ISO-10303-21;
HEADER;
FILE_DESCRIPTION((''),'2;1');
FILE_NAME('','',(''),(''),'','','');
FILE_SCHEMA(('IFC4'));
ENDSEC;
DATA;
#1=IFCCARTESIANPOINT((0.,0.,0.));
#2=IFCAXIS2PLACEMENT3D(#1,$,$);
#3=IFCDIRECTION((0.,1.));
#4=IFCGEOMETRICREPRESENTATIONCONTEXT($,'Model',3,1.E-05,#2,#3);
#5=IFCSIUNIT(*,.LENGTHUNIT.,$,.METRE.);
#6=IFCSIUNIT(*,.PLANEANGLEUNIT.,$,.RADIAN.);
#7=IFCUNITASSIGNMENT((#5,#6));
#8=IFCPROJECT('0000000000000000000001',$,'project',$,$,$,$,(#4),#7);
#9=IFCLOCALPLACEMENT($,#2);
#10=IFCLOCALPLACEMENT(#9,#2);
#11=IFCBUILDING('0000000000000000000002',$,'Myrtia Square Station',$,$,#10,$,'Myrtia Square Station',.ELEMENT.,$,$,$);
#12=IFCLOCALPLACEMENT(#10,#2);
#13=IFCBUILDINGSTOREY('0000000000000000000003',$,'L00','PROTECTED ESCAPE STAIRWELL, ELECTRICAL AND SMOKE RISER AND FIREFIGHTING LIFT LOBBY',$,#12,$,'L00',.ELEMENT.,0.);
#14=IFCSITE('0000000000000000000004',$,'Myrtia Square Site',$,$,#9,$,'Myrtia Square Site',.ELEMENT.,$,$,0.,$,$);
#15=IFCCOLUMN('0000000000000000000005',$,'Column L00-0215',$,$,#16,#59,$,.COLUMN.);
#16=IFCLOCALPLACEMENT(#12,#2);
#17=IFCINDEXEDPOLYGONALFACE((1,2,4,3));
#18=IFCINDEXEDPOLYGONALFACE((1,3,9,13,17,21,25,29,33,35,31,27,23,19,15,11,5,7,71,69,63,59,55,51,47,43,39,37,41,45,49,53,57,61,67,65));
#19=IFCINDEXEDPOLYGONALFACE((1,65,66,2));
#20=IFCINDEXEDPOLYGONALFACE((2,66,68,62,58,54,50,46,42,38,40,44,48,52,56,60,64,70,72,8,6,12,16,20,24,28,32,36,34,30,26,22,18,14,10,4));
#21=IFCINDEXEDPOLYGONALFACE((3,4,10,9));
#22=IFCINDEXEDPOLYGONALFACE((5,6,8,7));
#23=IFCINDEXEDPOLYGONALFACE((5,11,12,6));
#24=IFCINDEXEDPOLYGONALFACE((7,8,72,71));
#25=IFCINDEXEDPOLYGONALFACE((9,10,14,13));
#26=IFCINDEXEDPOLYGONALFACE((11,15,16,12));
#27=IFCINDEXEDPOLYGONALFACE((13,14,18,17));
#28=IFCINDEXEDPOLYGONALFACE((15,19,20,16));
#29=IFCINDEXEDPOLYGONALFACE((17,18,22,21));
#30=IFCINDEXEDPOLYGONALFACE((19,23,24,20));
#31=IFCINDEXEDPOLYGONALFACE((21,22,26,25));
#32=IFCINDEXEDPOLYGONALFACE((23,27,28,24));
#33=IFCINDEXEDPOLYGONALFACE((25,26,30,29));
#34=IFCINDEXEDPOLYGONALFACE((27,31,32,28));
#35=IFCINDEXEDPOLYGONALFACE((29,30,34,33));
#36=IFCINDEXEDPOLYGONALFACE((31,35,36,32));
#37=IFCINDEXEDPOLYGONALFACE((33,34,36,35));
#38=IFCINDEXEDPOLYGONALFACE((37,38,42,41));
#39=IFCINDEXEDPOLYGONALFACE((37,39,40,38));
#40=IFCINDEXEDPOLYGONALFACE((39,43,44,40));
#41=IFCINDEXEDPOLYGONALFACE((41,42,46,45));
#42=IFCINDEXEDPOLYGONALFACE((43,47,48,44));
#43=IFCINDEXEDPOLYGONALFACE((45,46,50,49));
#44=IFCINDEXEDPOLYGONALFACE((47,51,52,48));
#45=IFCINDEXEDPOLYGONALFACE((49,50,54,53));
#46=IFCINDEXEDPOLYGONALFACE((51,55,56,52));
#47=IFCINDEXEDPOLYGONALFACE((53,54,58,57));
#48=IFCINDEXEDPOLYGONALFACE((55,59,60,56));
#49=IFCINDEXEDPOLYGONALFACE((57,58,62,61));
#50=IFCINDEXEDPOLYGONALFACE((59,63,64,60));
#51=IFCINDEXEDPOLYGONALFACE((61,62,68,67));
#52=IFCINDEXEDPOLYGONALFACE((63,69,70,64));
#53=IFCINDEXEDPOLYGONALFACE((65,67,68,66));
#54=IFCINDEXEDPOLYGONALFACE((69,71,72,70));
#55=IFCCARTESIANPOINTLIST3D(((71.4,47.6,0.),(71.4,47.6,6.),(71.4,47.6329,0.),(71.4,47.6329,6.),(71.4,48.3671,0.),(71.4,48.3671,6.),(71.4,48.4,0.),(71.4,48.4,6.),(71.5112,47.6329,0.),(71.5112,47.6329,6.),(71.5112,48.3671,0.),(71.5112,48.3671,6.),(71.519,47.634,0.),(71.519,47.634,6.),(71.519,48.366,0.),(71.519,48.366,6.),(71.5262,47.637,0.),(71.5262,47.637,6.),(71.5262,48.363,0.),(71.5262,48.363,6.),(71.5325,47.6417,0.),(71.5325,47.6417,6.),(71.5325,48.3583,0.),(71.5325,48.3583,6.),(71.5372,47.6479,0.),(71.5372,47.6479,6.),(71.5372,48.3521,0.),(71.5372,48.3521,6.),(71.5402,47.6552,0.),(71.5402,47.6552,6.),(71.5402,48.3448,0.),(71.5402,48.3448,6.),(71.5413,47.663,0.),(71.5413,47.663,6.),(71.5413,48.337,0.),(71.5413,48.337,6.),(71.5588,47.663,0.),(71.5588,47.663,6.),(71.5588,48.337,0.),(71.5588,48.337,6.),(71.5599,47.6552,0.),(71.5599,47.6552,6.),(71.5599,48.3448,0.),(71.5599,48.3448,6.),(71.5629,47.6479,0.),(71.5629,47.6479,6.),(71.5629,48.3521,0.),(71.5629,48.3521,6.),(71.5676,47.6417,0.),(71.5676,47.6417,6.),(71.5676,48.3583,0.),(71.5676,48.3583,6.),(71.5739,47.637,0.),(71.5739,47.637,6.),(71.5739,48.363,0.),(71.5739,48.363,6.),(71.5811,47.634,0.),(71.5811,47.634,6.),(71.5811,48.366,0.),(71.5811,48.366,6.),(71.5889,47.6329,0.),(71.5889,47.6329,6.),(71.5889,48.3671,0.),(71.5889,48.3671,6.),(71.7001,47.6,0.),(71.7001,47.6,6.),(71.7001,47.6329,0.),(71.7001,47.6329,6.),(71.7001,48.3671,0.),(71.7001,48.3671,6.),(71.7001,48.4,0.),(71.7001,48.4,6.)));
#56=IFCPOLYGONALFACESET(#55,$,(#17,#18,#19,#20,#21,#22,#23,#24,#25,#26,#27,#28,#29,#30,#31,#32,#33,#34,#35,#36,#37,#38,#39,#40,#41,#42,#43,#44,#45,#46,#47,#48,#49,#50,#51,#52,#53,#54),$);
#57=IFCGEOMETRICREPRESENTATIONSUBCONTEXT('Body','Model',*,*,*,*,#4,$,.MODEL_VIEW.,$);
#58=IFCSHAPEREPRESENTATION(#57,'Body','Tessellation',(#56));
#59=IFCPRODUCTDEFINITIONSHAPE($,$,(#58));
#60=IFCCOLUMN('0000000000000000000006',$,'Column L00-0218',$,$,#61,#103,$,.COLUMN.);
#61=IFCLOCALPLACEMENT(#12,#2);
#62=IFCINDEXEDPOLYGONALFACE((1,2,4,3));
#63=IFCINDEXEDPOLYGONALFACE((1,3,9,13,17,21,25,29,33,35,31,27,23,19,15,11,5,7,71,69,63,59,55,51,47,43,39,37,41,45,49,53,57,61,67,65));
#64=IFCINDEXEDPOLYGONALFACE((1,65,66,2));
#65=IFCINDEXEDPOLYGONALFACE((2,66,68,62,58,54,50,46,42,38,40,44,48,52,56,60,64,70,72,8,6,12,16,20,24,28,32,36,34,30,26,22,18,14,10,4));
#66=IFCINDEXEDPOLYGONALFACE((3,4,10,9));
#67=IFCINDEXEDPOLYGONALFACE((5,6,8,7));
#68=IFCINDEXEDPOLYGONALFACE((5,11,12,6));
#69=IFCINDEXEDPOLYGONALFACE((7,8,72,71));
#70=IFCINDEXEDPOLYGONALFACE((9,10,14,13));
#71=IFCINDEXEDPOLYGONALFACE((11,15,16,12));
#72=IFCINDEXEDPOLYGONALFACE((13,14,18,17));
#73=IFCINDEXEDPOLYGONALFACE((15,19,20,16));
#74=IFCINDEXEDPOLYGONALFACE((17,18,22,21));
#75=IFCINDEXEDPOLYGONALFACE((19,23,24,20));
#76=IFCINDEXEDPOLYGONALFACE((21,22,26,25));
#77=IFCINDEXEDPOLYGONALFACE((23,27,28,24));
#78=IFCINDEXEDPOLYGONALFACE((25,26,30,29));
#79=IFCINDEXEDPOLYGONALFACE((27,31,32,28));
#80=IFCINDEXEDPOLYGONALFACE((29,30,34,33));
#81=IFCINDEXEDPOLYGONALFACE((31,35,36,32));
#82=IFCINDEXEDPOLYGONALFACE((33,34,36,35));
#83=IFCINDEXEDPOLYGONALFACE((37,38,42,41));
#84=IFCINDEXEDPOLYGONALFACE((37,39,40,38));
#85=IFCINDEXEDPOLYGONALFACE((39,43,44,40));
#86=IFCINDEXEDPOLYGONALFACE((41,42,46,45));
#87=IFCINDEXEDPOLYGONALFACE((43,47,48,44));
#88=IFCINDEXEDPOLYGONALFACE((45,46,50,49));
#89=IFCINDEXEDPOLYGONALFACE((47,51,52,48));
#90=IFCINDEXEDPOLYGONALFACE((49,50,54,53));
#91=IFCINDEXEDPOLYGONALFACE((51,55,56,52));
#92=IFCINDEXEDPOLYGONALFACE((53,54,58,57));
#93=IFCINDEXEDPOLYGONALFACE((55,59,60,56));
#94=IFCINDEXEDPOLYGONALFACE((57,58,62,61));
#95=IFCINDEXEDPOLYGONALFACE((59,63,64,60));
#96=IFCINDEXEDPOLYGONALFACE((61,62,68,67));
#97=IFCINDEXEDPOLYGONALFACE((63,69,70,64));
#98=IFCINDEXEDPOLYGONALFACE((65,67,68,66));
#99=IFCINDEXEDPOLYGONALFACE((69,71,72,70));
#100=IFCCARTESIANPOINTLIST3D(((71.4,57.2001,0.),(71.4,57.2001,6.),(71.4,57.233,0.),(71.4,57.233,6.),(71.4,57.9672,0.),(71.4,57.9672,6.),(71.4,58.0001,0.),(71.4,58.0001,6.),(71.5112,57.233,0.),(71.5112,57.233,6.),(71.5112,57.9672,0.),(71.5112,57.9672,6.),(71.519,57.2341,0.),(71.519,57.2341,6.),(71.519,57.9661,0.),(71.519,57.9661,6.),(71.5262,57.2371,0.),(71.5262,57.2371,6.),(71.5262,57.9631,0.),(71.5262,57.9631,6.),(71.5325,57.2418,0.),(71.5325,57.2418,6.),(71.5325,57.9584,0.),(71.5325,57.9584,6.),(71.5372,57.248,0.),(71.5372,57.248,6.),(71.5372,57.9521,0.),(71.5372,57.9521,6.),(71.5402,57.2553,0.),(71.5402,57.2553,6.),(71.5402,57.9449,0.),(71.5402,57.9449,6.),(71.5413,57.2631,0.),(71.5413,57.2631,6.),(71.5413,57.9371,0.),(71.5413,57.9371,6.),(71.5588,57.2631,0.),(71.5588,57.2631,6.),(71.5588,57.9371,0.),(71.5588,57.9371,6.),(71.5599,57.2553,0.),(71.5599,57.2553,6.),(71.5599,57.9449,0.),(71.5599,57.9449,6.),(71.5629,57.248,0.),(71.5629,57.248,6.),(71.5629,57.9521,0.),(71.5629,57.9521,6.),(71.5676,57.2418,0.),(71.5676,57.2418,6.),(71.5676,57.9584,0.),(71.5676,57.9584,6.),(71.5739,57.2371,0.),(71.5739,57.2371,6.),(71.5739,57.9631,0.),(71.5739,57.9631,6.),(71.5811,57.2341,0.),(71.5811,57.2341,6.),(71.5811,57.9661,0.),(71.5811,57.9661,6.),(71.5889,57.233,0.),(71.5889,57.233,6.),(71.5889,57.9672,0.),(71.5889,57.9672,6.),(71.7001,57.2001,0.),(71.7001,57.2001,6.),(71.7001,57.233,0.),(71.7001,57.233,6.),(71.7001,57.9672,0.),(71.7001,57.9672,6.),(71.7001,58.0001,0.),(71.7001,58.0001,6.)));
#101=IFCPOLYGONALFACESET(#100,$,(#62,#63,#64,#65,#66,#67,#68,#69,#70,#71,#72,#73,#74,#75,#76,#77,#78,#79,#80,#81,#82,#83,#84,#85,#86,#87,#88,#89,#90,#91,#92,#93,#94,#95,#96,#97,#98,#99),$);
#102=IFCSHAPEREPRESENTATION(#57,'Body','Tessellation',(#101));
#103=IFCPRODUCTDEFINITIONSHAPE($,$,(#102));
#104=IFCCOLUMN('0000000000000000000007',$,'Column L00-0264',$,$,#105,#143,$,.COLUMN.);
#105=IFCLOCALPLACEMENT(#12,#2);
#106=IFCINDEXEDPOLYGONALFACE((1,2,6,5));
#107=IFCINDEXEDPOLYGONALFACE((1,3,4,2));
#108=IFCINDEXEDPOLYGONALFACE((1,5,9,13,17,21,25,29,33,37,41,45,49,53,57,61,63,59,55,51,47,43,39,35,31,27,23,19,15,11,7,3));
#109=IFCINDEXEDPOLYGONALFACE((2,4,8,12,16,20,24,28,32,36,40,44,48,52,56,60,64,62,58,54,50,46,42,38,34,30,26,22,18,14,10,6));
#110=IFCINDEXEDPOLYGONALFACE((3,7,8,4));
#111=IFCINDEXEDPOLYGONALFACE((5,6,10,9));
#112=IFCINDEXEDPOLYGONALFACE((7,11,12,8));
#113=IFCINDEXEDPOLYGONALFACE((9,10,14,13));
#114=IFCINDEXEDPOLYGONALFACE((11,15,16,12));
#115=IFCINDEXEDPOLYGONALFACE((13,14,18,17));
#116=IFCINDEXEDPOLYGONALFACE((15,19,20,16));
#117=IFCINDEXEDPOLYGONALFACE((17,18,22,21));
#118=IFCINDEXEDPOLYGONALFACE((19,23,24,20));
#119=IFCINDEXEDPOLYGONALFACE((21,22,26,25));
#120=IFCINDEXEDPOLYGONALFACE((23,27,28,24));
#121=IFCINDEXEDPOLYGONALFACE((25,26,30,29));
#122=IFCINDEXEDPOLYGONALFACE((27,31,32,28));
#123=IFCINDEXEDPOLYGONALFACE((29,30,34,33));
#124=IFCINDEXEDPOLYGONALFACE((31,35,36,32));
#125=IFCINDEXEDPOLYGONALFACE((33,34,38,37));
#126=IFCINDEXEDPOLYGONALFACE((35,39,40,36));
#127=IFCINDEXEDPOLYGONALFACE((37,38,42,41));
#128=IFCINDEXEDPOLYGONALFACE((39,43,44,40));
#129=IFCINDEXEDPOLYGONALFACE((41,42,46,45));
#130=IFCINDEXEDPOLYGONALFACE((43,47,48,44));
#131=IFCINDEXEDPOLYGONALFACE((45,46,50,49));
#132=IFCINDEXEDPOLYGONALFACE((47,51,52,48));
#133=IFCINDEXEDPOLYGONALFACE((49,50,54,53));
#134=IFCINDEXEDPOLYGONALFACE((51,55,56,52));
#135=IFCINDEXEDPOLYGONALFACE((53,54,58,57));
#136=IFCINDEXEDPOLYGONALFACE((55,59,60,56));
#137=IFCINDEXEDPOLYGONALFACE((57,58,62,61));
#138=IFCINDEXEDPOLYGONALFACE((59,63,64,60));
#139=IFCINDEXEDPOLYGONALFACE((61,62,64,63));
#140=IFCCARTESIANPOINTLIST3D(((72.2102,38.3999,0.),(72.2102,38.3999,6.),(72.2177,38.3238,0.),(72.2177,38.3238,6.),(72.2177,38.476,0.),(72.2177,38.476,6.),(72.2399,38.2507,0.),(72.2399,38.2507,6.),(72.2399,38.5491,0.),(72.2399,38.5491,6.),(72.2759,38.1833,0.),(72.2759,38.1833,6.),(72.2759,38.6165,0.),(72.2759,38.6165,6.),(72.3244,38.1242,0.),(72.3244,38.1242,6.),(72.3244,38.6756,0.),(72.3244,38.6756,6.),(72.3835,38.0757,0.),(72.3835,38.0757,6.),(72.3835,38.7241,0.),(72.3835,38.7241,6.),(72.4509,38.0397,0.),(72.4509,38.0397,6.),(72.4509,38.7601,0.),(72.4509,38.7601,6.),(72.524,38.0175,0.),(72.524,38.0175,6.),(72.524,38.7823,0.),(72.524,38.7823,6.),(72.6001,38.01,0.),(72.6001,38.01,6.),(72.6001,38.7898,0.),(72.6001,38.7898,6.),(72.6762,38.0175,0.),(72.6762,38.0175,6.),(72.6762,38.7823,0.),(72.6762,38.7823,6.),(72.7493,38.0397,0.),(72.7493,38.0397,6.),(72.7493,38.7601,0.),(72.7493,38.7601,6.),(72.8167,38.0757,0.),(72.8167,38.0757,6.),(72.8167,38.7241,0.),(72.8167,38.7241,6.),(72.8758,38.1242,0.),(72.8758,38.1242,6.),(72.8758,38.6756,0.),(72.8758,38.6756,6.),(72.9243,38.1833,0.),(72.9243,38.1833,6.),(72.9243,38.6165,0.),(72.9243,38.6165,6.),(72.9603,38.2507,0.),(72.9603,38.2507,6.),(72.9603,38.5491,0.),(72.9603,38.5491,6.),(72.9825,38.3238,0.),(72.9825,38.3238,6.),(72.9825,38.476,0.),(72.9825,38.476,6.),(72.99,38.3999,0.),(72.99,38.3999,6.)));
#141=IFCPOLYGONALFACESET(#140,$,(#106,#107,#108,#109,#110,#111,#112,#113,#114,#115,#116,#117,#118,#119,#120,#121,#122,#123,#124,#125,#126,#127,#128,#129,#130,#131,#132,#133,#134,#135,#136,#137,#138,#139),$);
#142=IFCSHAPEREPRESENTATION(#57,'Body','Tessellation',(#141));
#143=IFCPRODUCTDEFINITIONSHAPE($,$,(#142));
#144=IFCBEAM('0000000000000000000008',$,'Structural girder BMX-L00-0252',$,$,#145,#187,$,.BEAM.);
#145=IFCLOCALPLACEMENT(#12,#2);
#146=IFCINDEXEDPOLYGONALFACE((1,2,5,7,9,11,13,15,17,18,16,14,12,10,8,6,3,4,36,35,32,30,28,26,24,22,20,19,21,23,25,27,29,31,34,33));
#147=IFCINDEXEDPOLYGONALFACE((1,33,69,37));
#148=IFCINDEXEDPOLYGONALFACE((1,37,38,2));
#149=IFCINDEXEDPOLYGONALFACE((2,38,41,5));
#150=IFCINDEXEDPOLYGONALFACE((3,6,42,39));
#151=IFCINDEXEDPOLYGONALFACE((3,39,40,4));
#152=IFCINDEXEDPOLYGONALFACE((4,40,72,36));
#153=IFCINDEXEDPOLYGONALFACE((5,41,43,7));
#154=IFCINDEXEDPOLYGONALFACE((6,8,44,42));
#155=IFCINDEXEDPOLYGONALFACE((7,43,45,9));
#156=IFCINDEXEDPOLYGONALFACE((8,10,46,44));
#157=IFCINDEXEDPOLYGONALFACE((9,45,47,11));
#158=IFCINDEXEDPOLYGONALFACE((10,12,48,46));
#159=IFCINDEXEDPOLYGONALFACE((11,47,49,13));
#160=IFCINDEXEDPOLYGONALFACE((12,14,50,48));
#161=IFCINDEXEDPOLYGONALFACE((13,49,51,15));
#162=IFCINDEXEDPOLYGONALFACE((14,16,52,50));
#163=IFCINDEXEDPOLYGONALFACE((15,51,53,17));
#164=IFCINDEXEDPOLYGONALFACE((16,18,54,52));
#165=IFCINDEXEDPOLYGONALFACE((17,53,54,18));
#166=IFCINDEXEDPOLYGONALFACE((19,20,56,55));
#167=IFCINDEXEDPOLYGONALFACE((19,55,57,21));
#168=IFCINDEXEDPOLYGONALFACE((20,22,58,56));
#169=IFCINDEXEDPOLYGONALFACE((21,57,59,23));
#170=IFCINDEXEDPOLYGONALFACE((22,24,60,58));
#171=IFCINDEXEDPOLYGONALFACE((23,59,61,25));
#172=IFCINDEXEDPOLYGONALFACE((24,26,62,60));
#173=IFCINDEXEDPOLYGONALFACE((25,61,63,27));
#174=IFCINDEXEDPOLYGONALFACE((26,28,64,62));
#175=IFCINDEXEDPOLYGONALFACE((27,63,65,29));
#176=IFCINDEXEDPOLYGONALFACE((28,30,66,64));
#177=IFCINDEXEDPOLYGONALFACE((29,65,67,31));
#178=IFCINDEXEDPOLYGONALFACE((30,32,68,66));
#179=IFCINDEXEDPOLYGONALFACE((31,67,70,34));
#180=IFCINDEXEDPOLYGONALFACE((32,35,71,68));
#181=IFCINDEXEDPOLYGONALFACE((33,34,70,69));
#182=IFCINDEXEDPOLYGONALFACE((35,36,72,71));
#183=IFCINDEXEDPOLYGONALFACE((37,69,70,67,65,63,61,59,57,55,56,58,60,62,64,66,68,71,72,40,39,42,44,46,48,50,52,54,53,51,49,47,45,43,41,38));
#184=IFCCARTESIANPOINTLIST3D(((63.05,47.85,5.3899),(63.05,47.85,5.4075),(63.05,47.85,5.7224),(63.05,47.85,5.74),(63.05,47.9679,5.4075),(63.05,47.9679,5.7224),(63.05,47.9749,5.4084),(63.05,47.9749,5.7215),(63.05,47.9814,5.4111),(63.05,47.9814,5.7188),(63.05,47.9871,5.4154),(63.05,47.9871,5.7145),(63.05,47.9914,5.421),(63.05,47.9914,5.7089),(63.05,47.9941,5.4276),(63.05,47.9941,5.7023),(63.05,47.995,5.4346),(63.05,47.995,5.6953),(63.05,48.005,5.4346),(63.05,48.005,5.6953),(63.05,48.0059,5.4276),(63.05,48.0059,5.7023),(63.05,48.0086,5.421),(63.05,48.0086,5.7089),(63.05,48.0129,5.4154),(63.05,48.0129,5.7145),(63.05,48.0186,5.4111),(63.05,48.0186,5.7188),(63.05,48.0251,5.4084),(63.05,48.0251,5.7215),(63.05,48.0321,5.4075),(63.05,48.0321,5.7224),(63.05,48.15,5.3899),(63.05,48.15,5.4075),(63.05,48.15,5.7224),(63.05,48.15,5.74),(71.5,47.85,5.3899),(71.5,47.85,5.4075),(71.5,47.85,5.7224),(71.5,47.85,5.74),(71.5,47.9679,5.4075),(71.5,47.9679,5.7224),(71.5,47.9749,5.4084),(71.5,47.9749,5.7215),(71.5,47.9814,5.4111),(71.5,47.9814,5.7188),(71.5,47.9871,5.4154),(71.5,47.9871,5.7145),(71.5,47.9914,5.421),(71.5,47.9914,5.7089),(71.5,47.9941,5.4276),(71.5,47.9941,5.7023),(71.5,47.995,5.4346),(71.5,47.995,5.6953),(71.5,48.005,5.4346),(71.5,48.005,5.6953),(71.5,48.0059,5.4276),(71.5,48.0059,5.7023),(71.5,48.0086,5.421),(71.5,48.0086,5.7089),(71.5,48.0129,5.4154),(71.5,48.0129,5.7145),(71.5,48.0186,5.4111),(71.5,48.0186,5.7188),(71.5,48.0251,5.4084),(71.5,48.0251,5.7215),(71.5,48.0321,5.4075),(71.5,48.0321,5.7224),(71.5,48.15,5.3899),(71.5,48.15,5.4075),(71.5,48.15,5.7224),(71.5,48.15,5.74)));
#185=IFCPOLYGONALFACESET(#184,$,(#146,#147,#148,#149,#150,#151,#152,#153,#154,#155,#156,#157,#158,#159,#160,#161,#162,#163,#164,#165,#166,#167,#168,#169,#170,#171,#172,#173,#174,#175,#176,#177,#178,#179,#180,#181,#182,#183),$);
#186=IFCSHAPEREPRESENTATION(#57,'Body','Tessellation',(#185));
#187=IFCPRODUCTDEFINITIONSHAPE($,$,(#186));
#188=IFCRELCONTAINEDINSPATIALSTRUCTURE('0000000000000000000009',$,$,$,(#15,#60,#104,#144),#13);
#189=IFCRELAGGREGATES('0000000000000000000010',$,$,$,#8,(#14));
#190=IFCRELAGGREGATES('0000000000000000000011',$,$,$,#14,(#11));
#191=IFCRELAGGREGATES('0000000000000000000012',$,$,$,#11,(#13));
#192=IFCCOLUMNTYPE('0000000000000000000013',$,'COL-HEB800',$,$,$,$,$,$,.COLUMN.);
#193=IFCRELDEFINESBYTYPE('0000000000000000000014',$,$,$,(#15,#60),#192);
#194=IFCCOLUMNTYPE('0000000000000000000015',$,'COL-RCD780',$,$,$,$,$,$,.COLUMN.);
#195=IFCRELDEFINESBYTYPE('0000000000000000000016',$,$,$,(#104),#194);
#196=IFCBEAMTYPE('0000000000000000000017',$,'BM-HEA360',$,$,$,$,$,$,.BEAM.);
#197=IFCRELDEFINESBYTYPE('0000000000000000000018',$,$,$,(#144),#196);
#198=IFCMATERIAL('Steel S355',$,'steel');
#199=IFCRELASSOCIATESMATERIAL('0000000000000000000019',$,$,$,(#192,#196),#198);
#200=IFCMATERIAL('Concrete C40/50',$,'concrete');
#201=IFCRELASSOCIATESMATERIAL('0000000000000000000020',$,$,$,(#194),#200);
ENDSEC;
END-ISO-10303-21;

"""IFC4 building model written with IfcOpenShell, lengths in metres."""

from ifc_helpers import new_model, si_unit, direction, frame, origin, origin_2d, place, context, subcontext, project, spatial, circle, i_section, extrude, material, material_profile, profile_set, type_object, element, save


model = new_model("IFC4")

# Units and contexts
model_context = context("Model", 3, precision=1e-05, world=origin(), true_north=direction((0.0, 1.0)))
body_context = subcontext(model_context, "Body", "Model", "MODEL_VIEW")
ifc_project = project(units=[si_unit("LENGTHUNIT", "METRE"), si_unit("PLANEANGLEUNIT", "RADIAN")], contexts=[model_context])

# Site, building, storey
site_placement = place(None, origin())
site = spatial("IfcSite", under=ifc_project, at=site_placement, Name="Myrtia Square Site", LongName="Myrtia Square Site", CompositionType="ELEMENT", RefElevation=0.0)
building_placement = place(site_placement, origin())
building = spatial("IfcBuilding", under=site, at=building_placement, Name="Myrtia Square Station", LongName="Myrtia Square Station", CompositionType="ELEMENT")
storey_placement = place(building_placement, origin())
storey = spatial("IfcBuildingStorey", under=building, at=storey_placement, Name="L00", Description="PROTECTED ESCAPE STAIRWELL, ELECTRICAL AND SMOKE RISER AND FIREFIGHTING LIFT LOBBY", LongName="L00", CompositionType="ELEMENT", Elevation=0.0)

# Columns
ifc_material_1 = material(Name="Steel S355", Category="steel")
ifc_material_profile_1 = material_profile(ifc_material_1, i_section(OverallWidth=0.3, OverallDepth=0.8, WebThickness=0.0176, FlangeThickness=0.033, FilletRadius=0.03, at=origin_2d()), Name="HEB 800")
ifc_profile_set_1 = profile_set([ifc_material_profile_1], Name="Steel S355")
column_type_1 = type_object("IfcColumnType", Name="COL-HEB800", PredefinedType="COLUMN", material=ifc_profile_set_1)
for number, where, z_axis, x_axis, name in (
    (1, (71.55, 48.0, 0.0), (0.0, 0.0, 1.0), (1.0, 0.0, 0.0), "Column L00-0215"),
    (2, (71.55, 57.6001, 0.0), (0.0, 0.0, 1.0), (1.0, 0.0, 0.0), "Column L00-0218"),
):
    element("IfcColumn", number, at=place(storey_placement, frame(where, z_axis=z_axis, x_axis=x_axis)), inside=storey, type_object=column_type_1, Name=name, PredefinedType="COLUMN", context=body_context, shape_type="SweptSolid", body=[
        extrude(i_section(OverallWidth=0.3, OverallDepth=0.8, WebThickness=0.0176, FlangeThickness=0.033, FilletRadius=0.03, at=origin_2d()), origin(), (0.0, 0.0, 1.0), 6.0),
    ])
ifc_material_2 = material(Name="Concrete C40/50", Category="concrete")
ifc_material_profile_2 = material_profile(ifc_material_2, circle(Radius=0.3899, at=origin_2d()), Name="RC D780")
ifc_profile_set_2 = profile_set([ifc_material_profile_2], Name="Concrete C40/50")
column_type_2 = type_object("IfcColumnType", Name="COL-RCD780", PredefinedType="COLUMN", material=ifc_profile_set_2)
column_placement = place(storey_placement, frame((72.6001, 38.3999, 0.0), z_axis=(0.0, 0.0, 1.0), x_axis=(1.0, 0.0, 0.0)))
element("IfcColumn", 3, at=column_placement, inside=storey, type_object=column_type_2, Name="Column L00-0264", PredefinedType="COLUMN", context=body_context, shape_type="SweptSolid", body=[
    extrude(circle(Radius=0.3899, at=origin_2d()), origin(), (0.0, 0.0, 1.0), 6.0),
])

# Beam
ifc_material_profile_3 = material_profile(ifc_material_1, i_section(OverallWidth=0.3, OverallDepth=0.3501, WebThickness=0.01, FlangeThickness=0.0176, FilletRadius=0.0271, at=origin_2d()), Name="HEA 360")
ifc_profile_set_3 = profile_set([ifc_material_profile_3], Name="Steel S355")
beam_type_1 = type_object("IfcBeamType", Name="BM-HEA360", PredefinedType="BEAM", material=ifc_profile_set_3)
beam_1_placement = place(storey_placement, frame((63.05, 48.0, 5.5649), z_axis=(1.0, 0.0, 0.0), x_axis=(0.0, 1.0, 0.0)))
element("IfcBeam", 4, at=beam_1_placement, inside=storey, type_object=beam_type_1, Name="Structural girder BMX-L00-0252", PredefinedType="BEAM", context=body_context, shape_type="SweptSolid", body=[
    extrude(i_section(OverallWidth=0.3, OverallDepth=0.3501, WebThickness=0.01, FlangeThickness=0.0176, FilletRadius=0.0271, at=origin_2d()), origin(), (0.0, 0.0, 1.0), 8.45),
])

save(model, "model.ifc")
